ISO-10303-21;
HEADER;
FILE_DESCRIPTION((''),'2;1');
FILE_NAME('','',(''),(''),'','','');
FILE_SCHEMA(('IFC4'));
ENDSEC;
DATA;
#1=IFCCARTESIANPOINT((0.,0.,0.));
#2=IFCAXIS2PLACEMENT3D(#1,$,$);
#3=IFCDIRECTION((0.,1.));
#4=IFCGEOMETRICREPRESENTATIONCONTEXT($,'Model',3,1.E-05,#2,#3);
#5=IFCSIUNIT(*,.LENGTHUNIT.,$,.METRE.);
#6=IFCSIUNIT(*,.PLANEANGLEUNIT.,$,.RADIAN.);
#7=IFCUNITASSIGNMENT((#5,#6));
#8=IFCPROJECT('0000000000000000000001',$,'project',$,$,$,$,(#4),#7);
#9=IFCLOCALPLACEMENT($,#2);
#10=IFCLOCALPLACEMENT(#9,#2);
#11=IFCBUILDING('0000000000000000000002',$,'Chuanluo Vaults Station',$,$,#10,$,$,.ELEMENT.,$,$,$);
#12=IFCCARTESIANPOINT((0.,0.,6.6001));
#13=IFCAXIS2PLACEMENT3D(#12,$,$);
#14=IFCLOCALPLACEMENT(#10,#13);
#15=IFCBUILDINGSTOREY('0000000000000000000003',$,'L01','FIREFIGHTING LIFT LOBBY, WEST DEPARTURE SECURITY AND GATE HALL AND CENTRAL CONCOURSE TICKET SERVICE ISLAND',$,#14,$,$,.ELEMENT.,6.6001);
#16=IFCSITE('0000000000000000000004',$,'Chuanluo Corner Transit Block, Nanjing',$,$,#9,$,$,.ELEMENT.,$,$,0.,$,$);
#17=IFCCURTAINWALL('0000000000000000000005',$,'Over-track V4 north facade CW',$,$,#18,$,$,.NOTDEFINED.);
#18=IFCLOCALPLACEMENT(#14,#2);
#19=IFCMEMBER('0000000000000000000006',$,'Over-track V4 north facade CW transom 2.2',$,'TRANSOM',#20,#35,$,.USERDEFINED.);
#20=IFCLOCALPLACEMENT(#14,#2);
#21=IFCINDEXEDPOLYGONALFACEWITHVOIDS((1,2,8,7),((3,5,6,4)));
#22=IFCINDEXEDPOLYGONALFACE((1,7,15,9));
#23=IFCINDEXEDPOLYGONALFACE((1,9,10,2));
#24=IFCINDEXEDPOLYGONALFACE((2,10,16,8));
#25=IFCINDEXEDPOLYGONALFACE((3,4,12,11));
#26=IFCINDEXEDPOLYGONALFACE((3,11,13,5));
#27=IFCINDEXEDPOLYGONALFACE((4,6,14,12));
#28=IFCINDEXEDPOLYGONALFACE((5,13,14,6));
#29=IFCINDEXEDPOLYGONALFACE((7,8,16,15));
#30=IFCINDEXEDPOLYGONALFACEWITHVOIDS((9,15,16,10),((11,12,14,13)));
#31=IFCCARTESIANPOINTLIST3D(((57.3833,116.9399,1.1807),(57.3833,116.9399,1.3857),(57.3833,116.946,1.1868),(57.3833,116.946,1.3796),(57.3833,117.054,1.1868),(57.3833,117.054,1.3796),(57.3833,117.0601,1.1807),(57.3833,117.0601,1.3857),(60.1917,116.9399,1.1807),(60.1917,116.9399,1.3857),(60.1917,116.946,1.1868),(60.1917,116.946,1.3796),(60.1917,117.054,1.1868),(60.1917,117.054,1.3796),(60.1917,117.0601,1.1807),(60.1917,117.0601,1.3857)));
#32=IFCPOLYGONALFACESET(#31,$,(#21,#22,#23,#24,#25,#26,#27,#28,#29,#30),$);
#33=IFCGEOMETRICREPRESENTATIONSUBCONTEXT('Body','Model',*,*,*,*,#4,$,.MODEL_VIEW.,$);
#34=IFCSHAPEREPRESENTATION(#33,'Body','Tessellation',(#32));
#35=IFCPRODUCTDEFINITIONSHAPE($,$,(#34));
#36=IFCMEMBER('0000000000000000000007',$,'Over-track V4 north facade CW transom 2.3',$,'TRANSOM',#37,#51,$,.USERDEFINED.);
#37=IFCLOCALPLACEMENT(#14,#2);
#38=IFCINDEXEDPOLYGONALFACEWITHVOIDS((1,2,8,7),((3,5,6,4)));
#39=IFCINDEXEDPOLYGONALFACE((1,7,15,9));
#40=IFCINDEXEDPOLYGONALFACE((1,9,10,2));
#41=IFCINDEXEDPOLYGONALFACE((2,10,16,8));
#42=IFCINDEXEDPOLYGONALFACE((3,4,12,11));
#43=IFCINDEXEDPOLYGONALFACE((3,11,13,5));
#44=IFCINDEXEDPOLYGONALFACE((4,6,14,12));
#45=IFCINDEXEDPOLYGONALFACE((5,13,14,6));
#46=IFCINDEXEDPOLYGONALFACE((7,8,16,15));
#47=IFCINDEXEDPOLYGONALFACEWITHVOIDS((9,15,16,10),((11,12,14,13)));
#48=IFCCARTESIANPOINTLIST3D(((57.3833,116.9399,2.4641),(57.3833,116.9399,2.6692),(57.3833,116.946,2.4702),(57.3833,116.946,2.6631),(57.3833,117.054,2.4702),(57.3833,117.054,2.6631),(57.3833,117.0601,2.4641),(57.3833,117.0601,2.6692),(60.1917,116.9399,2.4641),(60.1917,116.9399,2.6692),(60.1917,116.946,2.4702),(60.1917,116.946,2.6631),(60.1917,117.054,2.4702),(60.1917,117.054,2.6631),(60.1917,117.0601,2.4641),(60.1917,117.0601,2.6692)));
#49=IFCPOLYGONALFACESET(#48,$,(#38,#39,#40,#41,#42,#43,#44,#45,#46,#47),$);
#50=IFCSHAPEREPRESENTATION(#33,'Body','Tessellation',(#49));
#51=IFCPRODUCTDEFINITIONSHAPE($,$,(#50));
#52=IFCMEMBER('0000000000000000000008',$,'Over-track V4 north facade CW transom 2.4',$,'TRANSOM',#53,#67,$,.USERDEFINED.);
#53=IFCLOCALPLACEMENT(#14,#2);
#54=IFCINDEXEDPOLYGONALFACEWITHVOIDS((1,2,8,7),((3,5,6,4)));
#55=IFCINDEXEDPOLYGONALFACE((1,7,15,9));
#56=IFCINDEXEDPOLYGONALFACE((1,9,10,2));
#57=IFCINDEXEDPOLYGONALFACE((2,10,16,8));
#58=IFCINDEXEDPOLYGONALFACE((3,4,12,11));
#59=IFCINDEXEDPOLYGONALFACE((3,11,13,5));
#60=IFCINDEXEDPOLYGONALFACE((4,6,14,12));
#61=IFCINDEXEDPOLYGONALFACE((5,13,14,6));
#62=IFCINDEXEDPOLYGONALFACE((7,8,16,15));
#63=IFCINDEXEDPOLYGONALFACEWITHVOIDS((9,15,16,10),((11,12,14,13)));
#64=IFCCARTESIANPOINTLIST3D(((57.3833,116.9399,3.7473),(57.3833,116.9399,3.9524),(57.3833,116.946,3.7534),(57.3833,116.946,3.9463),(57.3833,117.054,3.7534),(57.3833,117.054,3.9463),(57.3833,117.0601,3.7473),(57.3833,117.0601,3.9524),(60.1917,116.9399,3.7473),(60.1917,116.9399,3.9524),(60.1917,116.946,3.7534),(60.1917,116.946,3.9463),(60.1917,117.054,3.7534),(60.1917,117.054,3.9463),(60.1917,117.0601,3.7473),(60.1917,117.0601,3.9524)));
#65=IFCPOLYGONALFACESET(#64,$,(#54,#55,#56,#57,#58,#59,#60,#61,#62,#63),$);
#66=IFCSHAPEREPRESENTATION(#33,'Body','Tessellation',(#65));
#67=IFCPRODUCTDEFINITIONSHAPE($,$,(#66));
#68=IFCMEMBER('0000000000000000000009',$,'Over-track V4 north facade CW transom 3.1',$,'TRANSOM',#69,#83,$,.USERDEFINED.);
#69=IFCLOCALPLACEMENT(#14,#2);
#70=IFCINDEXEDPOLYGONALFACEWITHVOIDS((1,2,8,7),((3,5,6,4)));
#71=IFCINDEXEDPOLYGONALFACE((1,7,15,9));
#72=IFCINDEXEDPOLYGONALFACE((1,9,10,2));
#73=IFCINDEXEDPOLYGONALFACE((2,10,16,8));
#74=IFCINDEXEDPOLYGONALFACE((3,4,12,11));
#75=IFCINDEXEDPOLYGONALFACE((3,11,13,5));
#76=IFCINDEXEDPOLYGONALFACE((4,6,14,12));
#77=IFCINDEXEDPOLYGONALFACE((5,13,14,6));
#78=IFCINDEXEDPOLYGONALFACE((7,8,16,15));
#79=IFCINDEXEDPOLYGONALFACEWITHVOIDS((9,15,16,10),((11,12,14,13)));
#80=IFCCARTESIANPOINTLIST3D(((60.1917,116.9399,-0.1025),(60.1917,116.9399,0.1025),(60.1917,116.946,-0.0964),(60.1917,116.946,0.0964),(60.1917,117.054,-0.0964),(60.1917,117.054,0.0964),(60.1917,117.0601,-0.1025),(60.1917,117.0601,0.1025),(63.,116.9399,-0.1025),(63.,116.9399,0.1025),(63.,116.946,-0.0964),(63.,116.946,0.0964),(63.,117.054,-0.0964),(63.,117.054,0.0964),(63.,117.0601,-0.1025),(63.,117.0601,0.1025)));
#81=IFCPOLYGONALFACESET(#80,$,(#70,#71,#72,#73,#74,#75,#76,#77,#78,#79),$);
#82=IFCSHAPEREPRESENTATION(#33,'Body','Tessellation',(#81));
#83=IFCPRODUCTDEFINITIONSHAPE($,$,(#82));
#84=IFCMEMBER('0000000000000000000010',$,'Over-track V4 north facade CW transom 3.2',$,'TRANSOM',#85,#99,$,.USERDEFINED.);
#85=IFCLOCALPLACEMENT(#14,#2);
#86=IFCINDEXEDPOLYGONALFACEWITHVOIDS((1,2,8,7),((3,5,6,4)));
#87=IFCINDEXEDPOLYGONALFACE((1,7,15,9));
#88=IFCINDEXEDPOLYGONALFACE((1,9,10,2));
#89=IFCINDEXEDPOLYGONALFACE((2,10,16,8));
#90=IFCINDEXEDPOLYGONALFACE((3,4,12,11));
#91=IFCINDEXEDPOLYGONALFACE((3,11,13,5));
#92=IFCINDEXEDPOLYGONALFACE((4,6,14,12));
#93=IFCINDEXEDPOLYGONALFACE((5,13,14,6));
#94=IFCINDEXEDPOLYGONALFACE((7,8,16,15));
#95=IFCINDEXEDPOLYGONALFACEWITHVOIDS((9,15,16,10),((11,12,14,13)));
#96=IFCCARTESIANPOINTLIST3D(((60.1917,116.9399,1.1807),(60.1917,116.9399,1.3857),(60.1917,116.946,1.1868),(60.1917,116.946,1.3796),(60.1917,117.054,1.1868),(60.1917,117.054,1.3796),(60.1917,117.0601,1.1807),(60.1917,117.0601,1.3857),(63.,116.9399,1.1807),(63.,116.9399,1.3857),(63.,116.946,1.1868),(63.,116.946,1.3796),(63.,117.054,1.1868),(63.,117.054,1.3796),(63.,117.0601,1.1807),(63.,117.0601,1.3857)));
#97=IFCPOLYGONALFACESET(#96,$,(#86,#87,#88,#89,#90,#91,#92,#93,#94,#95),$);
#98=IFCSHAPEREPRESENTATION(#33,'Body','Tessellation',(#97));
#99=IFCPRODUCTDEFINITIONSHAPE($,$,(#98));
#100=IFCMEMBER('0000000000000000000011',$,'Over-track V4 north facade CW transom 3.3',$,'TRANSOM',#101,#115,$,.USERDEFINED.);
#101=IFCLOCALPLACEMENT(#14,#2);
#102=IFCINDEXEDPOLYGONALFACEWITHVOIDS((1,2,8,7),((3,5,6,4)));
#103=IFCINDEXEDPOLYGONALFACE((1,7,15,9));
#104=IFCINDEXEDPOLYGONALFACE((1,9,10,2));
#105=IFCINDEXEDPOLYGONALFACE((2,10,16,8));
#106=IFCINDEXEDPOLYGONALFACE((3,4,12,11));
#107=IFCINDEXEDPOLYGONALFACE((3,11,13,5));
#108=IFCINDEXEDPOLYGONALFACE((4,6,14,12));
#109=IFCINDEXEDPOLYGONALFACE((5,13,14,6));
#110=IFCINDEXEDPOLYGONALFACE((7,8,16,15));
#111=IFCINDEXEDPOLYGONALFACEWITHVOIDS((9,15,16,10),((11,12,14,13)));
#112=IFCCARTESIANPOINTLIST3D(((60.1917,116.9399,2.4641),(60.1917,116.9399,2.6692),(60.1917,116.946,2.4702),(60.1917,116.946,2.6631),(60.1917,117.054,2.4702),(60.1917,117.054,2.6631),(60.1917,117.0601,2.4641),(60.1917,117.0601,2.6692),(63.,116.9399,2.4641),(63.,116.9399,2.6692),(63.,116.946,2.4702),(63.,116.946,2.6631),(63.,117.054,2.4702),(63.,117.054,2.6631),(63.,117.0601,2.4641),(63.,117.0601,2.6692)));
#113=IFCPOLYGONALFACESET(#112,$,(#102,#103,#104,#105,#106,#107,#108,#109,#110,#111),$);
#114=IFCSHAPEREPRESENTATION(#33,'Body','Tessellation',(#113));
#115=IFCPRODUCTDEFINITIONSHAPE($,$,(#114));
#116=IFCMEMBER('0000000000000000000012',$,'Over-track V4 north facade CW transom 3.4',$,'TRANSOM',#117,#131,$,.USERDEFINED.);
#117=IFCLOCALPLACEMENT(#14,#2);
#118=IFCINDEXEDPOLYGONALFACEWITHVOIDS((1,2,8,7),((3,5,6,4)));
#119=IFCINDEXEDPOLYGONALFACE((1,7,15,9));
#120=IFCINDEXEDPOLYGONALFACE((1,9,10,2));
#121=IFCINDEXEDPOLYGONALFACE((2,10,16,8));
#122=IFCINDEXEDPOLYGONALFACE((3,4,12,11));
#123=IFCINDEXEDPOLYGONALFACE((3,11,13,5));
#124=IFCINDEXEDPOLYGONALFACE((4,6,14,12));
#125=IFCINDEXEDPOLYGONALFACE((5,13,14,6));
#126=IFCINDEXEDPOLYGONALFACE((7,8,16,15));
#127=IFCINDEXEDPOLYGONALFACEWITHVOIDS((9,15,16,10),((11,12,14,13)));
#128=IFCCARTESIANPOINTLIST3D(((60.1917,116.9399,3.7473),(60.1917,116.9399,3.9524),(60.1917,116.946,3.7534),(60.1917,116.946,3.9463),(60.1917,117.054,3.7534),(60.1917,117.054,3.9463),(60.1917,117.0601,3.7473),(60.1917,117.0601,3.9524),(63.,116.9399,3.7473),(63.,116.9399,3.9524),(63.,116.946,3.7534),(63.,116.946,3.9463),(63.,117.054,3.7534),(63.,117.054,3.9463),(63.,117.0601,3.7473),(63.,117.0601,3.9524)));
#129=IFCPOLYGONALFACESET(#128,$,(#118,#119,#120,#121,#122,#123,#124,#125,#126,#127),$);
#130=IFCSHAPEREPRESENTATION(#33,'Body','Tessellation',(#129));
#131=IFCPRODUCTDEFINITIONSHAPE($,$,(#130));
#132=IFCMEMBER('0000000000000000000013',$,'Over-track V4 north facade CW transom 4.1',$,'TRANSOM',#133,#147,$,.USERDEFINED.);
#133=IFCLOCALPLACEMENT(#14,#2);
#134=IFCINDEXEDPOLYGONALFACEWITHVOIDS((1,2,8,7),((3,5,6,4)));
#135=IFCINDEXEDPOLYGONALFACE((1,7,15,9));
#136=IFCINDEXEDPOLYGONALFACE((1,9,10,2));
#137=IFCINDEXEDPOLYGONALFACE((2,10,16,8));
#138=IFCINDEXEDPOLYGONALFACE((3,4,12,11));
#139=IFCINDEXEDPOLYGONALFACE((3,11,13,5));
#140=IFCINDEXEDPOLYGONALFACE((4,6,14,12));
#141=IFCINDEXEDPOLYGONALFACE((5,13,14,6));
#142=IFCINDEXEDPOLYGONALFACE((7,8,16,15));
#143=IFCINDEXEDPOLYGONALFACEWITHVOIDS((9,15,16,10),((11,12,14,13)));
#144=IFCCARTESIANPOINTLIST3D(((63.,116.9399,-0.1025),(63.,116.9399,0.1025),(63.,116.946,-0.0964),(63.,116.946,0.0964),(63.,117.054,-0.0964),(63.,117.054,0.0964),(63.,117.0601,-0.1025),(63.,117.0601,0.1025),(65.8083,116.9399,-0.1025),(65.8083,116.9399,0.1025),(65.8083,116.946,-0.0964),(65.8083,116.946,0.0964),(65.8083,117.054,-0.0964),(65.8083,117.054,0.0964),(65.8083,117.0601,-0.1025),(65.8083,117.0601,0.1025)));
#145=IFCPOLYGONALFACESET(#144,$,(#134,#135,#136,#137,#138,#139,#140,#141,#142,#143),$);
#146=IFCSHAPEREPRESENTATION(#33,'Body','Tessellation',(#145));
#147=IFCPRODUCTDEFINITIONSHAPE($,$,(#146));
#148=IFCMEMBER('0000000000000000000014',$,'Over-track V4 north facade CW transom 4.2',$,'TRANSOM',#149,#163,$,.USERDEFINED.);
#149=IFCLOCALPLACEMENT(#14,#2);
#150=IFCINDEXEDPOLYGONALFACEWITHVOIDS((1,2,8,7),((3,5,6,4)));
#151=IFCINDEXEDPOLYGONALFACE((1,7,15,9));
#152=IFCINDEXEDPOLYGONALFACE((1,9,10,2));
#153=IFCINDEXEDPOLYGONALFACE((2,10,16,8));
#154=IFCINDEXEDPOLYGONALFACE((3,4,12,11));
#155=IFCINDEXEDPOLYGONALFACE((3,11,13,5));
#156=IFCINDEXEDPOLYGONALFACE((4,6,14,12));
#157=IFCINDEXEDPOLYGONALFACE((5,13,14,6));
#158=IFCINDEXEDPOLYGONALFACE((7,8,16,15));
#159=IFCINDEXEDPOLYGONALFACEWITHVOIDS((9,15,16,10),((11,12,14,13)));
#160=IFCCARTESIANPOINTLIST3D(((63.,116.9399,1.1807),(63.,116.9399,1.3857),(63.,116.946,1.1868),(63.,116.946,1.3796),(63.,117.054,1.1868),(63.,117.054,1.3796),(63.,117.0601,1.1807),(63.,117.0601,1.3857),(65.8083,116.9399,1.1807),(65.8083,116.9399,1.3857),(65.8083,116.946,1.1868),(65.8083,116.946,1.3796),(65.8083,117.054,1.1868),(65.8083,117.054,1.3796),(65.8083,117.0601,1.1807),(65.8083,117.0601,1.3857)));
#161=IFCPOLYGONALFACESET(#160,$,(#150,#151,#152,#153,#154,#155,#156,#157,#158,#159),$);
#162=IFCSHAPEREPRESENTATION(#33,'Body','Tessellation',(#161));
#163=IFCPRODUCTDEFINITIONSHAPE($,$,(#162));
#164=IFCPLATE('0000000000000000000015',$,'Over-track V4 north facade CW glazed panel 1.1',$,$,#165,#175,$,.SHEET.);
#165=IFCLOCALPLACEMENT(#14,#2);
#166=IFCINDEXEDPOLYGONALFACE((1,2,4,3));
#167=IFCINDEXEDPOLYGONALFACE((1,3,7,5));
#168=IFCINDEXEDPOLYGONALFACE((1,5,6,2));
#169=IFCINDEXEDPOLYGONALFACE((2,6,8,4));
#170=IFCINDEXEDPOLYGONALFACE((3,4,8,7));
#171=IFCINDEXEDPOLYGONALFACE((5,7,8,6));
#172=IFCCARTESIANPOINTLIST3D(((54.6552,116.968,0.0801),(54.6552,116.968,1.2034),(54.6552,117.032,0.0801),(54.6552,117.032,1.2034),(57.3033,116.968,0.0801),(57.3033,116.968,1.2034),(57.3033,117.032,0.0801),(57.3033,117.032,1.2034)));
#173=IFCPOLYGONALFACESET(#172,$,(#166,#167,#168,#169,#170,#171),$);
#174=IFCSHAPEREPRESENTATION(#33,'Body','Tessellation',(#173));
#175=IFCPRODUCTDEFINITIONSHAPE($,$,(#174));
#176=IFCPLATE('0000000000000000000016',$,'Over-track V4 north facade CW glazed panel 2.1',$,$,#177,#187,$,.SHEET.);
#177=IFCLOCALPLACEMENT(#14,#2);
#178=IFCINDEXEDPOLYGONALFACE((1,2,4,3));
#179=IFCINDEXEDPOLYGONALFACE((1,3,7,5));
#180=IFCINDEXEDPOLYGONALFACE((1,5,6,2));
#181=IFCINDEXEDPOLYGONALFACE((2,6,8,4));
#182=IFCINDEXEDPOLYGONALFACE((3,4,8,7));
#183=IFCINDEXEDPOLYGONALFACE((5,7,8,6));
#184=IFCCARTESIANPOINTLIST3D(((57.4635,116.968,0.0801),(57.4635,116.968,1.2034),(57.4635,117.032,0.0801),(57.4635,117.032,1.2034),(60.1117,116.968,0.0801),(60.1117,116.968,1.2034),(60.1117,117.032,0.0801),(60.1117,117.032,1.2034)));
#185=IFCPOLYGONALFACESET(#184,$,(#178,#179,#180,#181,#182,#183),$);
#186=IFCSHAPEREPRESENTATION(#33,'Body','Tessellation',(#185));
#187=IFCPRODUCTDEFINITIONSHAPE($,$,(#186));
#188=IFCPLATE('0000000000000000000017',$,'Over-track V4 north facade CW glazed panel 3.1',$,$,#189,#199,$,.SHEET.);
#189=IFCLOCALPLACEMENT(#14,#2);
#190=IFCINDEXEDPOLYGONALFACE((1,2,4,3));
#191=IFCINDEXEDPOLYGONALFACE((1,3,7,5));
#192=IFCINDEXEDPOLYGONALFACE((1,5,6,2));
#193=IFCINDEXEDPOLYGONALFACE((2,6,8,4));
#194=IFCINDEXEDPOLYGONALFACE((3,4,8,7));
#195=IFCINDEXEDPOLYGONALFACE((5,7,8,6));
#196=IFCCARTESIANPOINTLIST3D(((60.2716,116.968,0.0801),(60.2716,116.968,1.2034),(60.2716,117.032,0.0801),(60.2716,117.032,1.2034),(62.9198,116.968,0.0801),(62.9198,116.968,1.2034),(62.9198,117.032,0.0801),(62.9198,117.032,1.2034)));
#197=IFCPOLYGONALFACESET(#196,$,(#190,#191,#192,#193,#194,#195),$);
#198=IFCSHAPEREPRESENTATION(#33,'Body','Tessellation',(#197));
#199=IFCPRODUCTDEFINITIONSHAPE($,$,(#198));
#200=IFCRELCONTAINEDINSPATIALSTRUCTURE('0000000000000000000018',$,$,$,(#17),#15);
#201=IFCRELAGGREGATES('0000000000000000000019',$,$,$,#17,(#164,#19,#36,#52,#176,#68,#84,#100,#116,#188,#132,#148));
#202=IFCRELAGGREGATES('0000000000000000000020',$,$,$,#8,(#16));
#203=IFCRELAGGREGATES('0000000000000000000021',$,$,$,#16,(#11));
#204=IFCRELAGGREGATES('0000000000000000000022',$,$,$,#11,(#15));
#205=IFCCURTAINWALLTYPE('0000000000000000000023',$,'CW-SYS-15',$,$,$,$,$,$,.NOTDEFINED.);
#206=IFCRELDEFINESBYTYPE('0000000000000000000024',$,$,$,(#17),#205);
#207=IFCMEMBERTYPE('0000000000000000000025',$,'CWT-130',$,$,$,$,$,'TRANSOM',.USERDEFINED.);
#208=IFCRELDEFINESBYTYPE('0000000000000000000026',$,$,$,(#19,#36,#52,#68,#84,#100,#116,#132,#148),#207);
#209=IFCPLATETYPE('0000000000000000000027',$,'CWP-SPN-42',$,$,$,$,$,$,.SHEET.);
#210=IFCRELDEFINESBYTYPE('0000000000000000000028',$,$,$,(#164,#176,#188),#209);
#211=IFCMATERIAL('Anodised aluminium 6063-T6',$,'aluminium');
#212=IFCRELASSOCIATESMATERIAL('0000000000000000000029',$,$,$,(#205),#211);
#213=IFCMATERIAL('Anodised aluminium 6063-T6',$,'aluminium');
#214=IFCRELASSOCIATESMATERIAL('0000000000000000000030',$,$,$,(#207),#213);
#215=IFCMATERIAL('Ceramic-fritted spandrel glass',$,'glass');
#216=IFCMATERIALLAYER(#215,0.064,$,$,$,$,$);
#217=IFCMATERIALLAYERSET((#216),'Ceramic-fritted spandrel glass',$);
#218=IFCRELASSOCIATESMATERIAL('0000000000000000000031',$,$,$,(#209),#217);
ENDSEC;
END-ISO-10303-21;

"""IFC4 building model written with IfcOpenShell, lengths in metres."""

from ifc_helpers import new_model, si_unit, direction, frame, origin, origin_2d, place, context, subcontext, project, spatial, rectangle, hollow_rectangle, extrude, material, layer, layer_set, material_profile, profile_set, type_object, element, aggregate, save


model = new_model("IFC4")

# Units and contexts
model_context = context("Model", 3, precision=1e-05, world=origin(), true_north=direction((0.0, 1.0)))
body_context = subcontext(model_context, "Body", "Model", "MODEL_VIEW")
ifc_project = project(units=[si_unit("LENGTHUNIT", "METRE"), si_unit("PLANEANGLEUNIT", "RADIAN")], contexts=[model_context])

# Site, building, storey
site_placement = place(None, origin())
site = spatial("IfcSite", under=ifc_project, at=site_placement, Name="Chuanluo Corner Transit Block, Nanjing", CompositionType="ELEMENT", RefElevation=0.0)
building_placement = place(site_placement, origin())
building = spatial("IfcBuilding", under=site, at=building_placement, Name="Chuanluo Vaults Station", CompositionType="ELEMENT")
storey_placement = place(building_placement, frame((0.0, 0.0, 6.6001)))
storey = spatial("IfcBuildingStorey", under=building, at=storey_placement, Name="L01", Description="FIREFIGHTING LIFT LOBBY, WEST DEPARTURE SECURITY AND GATE HALL AND CENTRAL CONCOURSE TICKET SERVICE ISLAND", CompositionType="ELEMENT", Elevation=6.6001)

# Curtain wall, members, plates
ifc_material_1 = material(Name="Anodised aluminium 6063-T6", Category="aluminium")
curtain_wall_type = type_object("IfcCurtainWallType", Name="CW-SYS-15", PredefinedType="NOTDEFINED", material=ifc_material_1)
curtain_wall_placement = place(storey_placement, origin())
curtain_wall = element("IfcCurtainWall", 1, at=curtain_wall_placement, inside=storey, type_object=curtain_wall_type, Name="Over-track V4 north facade CW", PredefinedType="NOTDEFINED")
ifc_material_2 = material(Name="Anodised aluminium 6063-T6", Category="aluminium")
ifc_material_profile_1 = material_profile(ifc_material_2, hollow_rectangle(XDim=0.1201, YDim=0.2051, WallThickness=0.0061, at=origin_2d()))
ifc_profile_set_1 = profile_set([ifc_material_profile_1], Name="Anodised aluminium 6063-T6")
member_type_1 = type_object("IfcMemberType", Name="CWT-130", ElementType="TRANSOM", PredefinedType="USERDEFINED", material=ifc_profile_set_1)
member_1_placement = place(storey_placement, frame((57.3833, 117.0, 1.2832), z_axis=(1.0, 0.0, 0.0), x_axis=(0.0, 1.0, 0.0)))
member_1 = element("IfcMember", 2, at=member_1_placement, type_object=member_type_1, Name="Over-track V4 north facade CW transom 2.2", ObjectType="TRANSOM", PredefinedType="USERDEFINED", context=body_context, shape_type="SweptSolid", body=[
    extrude(hollow_rectangle(XDim=0.1201, YDim=0.2051, WallThickness=0.0061, at=origin_2d()), origin(), (0.0, 0.0, 1.0), 2.8083),
])
member_2_placement = place(storey_placement, frame((57.3833, 117.0, 2.5667), z_axis=(1.0, 0.0, 0.0), x_axis=(0.0, 1.0, 0.0)))
member_2 = element("IfcMember", 3, at=member_2_placement, type_object=member_type_1, Name="Over-track V4 north facade CW transom 2.3", ObjectType="TRANSOM", PredefinedType="USERDEFINED", context=body_context, shape_type="SweptSolid", body=[
    extrude(hollow_rectangle(XDim=0.1201, YDim=0.2051, WallThickness=0.0061, at=origin_2d()), origin(), (0.0, 0.0, 1.0), 2.8083),
])
member_3_placement = place(storey_placement, frame((57.3833, 117.0, 3.8499), z_axis=(1.0, 0.0, 0.0), x_axis=(0.0, 1.0, 0.0)))
member_3 = element("IfcMember", 4, at=member_3_placement, type_object=member_type_1, Name="Over-track V4 north facade CW transom 2.4", ObjectType="TRANSOM", PredefinedType="USERDEFINED", context=body_context, shape_type="SweptSolid", body=[
    extrude(hollow_rectangle(XDim=0.1201, YDim=0.2051, WallThickness=0.0061, at=origin_2d()), origin(), (0.0, 0.0, 1.0), 2.8083),
])
member_4_placement = place(storey_placement, frame((60.1917, 117.0, 0.0), z_axis=(1.0, 0.0, 0.0), x_axis=(0.0, 1.0, 0.0)))
member_4 = element("IfcMember", 5, at=member_4_placement, type_object=member_type_1, Name="Over-track V4 north facade CW transom 3.1", ObjectType="TRANSOM", PredefinedType="USERDEFINED", context=body_context, shape_type="SweptSolid", body=[
    extrude(hollow_rectangle(XDim=0.1201, YDim=0.2051, WallThickness=0.0061, at=origin_2d()), origin(), (0.0, 0.0, 1.0), 2.8083),
])
member_5_placement = place(storey_placement, frame((60.1917, 117.0, 1.2832), z_axis=(1.0, 0.0, 0.0), x_axis=(0.0, 1.0, 0.0)))
member_5 = element("IfcMember", 6, at=member_5_placement, type_object=member_type_1, Name="Over-track V4 north facade CW transom 3.2", ObjectType="TRANSOM", PredefinedType="USERDEFINED", context=body_context, shape_type="SweptSolid", body=[
    extrude(hollow_rectangle(XDim=0.1201, YDim=0.2051, WallThickness=0.0061, at=origin_2d()), origin(), (0.0, 0.0, 1.0), 2.8083),
])
member_6_placement = place(storey_placement, frame((60.1917, 117.0, 2.5667), z_axis=(1.0, 0.0, 0.0), x_axis=(0.0, 1.0, 0.0)))
member_6 = element("IfcMember", 7, at=member_6_placement, type_object=member_type_1, Name="Over-track V4 north facade CW transom 3.3", ObjectType="TRANSOM", PredefinedType="USERDEFINED", context=body_context, shape_type="SweptSolid", body=[
    extrude(hollow_rectangle(XDim=0.1201, YDim=0.2051, WallThickness=0.0061, at=origin_2d()), origin(), (0.0, 0.0, 1.0), 2.8083),
])
member_7_placement = place(storey_placement, frame((60.1917, 117.0, 3.8499), z_axis=(1.0, 0.0, 0.0), x_axis=(0.0, 1.0, 0.0)))
member_7 = element("IfcMember", 8, at=member_7_placement, type_object=member_type_1, Name="Over-track V4 north facade CW transom 3.4", ObjectType="TRANSOM", PredefinedType="USERDEFINED", context=body_context, shape_type="SweptSolid", body=[
    extrude(hollow_rectangle(XDim=0.1201, YDim=0.2051, WallThickness=0.0061, at=origin_2d()), origin(), (0.0, 0.0, 1.0), 2.8083),
])
member_8_placement = place(storey_placement, frame((63.0, 117.0, 0.0), z_axis=(1.0, 0.0, 0.0), x_axis=(0.0, 1.0, 0.0)))
member_8 = element("IfcMember", 9, at=member_8_placement, type_object=member_type_1, Name="Over-track V4 north facade CW transom 4.1", ObjectType="TRANSOM", PredefinedType="USERDEFINED", context=body_context, shape_type="SweptSolid", body=[
    extrude(hollow_rectangle(XDim=0.1201, YDim=0.2051, WallThickness=0.0061, at=origin_2d()), origin(), (0.0, 0.0, 1.0), 2.8083),
])
member_9_placement = place(storey_placement, frame((63.0, 117.0, 1.2832), z_axis=(1.0, 0.0, 0.0), x_axis=(0.0, 1.0, 0.0)))
member_9 = element("IfcMember", 10, at=member_9_placement, type_object=member_type_1, Name="Over-track V4 north facade CW transom 4.2", ObjectType="TRANSOM", PredefinedType="USERDEFINED", context=body_context, shape_type="SweptSolid", body=[
    extrude(hollow_rectangle(XDim=0.1201, YDim=0.2051, WallThickness=0.0061, at=origin_2d()), origin(), (0.0, 0.0, 1.0), 2.8083),
])
ifc_material_3 = material(Name="Ceramic-fritted spandrel glass", Category="glass")
ifc_layer_1 = layer(ifc_material_3, 0.064)
ifc_layer_set_1 = layer_set([ifc_layer_1], Name="Ceramic-fritted spandrel glass")
plate_type_1 = type_object("IfcPlateType", Name="CWP-SPN-42", PredefinedType="SHEET", material=ifc_layer_set_1)
plate_1_placement = place(storey_placement, frame((55.9792, 117.0, 0.0801), z_axis=(0.0, 0.0, 1.0), x_axis=(1.0, 0.0, 0.0)))
plate_1 = element("IfcPlate", 11, at=plate_1_placement, type_object=plate_type_1, Name="Over-track V4 north facade CW glazed panel 1.1", PredefinedType="SHEET", context=body_context, shape_type="SweptSolid", body=[
    extrude(rectangle(XDim=2.6482, YDim=0.064, at=origin_2d()), origin(), (0.0, 0.0, 1.0), 1.1233),
])
plate_2_placement = place(storey_placement, frame((58.7876, 117.0, 0.0801), z_axis=(0.0, 0.0, 1.0), x_axis=(1.0, 0.0, 0.0)))
plate_2 = element("IfcPlate", 12, at=plate_2_placement, type_object=plate_type_1, Name="Over-track V4 north facade CW glazed panel 2.1", PredefinedType="SHEET", context=body_context, shape_type="SweptSolid", body=[
    extrude(rectangle(XDim=2.6482, YDim=0.064, at=origin_2d()), origin(), (0.0, 0.0, 1.0), 1.1233),
])
plate_3_placement = place(storey_placement, frame((61.5957, 117.0, 0.0801), z_axis=(0.0, 0.0, 1.0), x_axis=(1.0, 0.0, 0.0)))
plate_3 = element("IfcPlate", 13, at=plate_3_placement, type_object=plate_type_1, Name="Over-track V4 north facade CW glazed panel 3.1", PredefinedType="SHEET", context=body_context, shape_type="SweptSolid", body=[
    extrude(rectangle(XDim=2.6482, YDim=0.064, at=origin_2d()), origin(), (0.0, 0.0, 1.0), 1.1233),
])
aggregate(curtain_wall, [plate_1, member_1, member_2, member_3, plate_2, member_4, member_5, member_6, member_7, plate_3, member_8, member_9])

save(model, "model.ifc")
